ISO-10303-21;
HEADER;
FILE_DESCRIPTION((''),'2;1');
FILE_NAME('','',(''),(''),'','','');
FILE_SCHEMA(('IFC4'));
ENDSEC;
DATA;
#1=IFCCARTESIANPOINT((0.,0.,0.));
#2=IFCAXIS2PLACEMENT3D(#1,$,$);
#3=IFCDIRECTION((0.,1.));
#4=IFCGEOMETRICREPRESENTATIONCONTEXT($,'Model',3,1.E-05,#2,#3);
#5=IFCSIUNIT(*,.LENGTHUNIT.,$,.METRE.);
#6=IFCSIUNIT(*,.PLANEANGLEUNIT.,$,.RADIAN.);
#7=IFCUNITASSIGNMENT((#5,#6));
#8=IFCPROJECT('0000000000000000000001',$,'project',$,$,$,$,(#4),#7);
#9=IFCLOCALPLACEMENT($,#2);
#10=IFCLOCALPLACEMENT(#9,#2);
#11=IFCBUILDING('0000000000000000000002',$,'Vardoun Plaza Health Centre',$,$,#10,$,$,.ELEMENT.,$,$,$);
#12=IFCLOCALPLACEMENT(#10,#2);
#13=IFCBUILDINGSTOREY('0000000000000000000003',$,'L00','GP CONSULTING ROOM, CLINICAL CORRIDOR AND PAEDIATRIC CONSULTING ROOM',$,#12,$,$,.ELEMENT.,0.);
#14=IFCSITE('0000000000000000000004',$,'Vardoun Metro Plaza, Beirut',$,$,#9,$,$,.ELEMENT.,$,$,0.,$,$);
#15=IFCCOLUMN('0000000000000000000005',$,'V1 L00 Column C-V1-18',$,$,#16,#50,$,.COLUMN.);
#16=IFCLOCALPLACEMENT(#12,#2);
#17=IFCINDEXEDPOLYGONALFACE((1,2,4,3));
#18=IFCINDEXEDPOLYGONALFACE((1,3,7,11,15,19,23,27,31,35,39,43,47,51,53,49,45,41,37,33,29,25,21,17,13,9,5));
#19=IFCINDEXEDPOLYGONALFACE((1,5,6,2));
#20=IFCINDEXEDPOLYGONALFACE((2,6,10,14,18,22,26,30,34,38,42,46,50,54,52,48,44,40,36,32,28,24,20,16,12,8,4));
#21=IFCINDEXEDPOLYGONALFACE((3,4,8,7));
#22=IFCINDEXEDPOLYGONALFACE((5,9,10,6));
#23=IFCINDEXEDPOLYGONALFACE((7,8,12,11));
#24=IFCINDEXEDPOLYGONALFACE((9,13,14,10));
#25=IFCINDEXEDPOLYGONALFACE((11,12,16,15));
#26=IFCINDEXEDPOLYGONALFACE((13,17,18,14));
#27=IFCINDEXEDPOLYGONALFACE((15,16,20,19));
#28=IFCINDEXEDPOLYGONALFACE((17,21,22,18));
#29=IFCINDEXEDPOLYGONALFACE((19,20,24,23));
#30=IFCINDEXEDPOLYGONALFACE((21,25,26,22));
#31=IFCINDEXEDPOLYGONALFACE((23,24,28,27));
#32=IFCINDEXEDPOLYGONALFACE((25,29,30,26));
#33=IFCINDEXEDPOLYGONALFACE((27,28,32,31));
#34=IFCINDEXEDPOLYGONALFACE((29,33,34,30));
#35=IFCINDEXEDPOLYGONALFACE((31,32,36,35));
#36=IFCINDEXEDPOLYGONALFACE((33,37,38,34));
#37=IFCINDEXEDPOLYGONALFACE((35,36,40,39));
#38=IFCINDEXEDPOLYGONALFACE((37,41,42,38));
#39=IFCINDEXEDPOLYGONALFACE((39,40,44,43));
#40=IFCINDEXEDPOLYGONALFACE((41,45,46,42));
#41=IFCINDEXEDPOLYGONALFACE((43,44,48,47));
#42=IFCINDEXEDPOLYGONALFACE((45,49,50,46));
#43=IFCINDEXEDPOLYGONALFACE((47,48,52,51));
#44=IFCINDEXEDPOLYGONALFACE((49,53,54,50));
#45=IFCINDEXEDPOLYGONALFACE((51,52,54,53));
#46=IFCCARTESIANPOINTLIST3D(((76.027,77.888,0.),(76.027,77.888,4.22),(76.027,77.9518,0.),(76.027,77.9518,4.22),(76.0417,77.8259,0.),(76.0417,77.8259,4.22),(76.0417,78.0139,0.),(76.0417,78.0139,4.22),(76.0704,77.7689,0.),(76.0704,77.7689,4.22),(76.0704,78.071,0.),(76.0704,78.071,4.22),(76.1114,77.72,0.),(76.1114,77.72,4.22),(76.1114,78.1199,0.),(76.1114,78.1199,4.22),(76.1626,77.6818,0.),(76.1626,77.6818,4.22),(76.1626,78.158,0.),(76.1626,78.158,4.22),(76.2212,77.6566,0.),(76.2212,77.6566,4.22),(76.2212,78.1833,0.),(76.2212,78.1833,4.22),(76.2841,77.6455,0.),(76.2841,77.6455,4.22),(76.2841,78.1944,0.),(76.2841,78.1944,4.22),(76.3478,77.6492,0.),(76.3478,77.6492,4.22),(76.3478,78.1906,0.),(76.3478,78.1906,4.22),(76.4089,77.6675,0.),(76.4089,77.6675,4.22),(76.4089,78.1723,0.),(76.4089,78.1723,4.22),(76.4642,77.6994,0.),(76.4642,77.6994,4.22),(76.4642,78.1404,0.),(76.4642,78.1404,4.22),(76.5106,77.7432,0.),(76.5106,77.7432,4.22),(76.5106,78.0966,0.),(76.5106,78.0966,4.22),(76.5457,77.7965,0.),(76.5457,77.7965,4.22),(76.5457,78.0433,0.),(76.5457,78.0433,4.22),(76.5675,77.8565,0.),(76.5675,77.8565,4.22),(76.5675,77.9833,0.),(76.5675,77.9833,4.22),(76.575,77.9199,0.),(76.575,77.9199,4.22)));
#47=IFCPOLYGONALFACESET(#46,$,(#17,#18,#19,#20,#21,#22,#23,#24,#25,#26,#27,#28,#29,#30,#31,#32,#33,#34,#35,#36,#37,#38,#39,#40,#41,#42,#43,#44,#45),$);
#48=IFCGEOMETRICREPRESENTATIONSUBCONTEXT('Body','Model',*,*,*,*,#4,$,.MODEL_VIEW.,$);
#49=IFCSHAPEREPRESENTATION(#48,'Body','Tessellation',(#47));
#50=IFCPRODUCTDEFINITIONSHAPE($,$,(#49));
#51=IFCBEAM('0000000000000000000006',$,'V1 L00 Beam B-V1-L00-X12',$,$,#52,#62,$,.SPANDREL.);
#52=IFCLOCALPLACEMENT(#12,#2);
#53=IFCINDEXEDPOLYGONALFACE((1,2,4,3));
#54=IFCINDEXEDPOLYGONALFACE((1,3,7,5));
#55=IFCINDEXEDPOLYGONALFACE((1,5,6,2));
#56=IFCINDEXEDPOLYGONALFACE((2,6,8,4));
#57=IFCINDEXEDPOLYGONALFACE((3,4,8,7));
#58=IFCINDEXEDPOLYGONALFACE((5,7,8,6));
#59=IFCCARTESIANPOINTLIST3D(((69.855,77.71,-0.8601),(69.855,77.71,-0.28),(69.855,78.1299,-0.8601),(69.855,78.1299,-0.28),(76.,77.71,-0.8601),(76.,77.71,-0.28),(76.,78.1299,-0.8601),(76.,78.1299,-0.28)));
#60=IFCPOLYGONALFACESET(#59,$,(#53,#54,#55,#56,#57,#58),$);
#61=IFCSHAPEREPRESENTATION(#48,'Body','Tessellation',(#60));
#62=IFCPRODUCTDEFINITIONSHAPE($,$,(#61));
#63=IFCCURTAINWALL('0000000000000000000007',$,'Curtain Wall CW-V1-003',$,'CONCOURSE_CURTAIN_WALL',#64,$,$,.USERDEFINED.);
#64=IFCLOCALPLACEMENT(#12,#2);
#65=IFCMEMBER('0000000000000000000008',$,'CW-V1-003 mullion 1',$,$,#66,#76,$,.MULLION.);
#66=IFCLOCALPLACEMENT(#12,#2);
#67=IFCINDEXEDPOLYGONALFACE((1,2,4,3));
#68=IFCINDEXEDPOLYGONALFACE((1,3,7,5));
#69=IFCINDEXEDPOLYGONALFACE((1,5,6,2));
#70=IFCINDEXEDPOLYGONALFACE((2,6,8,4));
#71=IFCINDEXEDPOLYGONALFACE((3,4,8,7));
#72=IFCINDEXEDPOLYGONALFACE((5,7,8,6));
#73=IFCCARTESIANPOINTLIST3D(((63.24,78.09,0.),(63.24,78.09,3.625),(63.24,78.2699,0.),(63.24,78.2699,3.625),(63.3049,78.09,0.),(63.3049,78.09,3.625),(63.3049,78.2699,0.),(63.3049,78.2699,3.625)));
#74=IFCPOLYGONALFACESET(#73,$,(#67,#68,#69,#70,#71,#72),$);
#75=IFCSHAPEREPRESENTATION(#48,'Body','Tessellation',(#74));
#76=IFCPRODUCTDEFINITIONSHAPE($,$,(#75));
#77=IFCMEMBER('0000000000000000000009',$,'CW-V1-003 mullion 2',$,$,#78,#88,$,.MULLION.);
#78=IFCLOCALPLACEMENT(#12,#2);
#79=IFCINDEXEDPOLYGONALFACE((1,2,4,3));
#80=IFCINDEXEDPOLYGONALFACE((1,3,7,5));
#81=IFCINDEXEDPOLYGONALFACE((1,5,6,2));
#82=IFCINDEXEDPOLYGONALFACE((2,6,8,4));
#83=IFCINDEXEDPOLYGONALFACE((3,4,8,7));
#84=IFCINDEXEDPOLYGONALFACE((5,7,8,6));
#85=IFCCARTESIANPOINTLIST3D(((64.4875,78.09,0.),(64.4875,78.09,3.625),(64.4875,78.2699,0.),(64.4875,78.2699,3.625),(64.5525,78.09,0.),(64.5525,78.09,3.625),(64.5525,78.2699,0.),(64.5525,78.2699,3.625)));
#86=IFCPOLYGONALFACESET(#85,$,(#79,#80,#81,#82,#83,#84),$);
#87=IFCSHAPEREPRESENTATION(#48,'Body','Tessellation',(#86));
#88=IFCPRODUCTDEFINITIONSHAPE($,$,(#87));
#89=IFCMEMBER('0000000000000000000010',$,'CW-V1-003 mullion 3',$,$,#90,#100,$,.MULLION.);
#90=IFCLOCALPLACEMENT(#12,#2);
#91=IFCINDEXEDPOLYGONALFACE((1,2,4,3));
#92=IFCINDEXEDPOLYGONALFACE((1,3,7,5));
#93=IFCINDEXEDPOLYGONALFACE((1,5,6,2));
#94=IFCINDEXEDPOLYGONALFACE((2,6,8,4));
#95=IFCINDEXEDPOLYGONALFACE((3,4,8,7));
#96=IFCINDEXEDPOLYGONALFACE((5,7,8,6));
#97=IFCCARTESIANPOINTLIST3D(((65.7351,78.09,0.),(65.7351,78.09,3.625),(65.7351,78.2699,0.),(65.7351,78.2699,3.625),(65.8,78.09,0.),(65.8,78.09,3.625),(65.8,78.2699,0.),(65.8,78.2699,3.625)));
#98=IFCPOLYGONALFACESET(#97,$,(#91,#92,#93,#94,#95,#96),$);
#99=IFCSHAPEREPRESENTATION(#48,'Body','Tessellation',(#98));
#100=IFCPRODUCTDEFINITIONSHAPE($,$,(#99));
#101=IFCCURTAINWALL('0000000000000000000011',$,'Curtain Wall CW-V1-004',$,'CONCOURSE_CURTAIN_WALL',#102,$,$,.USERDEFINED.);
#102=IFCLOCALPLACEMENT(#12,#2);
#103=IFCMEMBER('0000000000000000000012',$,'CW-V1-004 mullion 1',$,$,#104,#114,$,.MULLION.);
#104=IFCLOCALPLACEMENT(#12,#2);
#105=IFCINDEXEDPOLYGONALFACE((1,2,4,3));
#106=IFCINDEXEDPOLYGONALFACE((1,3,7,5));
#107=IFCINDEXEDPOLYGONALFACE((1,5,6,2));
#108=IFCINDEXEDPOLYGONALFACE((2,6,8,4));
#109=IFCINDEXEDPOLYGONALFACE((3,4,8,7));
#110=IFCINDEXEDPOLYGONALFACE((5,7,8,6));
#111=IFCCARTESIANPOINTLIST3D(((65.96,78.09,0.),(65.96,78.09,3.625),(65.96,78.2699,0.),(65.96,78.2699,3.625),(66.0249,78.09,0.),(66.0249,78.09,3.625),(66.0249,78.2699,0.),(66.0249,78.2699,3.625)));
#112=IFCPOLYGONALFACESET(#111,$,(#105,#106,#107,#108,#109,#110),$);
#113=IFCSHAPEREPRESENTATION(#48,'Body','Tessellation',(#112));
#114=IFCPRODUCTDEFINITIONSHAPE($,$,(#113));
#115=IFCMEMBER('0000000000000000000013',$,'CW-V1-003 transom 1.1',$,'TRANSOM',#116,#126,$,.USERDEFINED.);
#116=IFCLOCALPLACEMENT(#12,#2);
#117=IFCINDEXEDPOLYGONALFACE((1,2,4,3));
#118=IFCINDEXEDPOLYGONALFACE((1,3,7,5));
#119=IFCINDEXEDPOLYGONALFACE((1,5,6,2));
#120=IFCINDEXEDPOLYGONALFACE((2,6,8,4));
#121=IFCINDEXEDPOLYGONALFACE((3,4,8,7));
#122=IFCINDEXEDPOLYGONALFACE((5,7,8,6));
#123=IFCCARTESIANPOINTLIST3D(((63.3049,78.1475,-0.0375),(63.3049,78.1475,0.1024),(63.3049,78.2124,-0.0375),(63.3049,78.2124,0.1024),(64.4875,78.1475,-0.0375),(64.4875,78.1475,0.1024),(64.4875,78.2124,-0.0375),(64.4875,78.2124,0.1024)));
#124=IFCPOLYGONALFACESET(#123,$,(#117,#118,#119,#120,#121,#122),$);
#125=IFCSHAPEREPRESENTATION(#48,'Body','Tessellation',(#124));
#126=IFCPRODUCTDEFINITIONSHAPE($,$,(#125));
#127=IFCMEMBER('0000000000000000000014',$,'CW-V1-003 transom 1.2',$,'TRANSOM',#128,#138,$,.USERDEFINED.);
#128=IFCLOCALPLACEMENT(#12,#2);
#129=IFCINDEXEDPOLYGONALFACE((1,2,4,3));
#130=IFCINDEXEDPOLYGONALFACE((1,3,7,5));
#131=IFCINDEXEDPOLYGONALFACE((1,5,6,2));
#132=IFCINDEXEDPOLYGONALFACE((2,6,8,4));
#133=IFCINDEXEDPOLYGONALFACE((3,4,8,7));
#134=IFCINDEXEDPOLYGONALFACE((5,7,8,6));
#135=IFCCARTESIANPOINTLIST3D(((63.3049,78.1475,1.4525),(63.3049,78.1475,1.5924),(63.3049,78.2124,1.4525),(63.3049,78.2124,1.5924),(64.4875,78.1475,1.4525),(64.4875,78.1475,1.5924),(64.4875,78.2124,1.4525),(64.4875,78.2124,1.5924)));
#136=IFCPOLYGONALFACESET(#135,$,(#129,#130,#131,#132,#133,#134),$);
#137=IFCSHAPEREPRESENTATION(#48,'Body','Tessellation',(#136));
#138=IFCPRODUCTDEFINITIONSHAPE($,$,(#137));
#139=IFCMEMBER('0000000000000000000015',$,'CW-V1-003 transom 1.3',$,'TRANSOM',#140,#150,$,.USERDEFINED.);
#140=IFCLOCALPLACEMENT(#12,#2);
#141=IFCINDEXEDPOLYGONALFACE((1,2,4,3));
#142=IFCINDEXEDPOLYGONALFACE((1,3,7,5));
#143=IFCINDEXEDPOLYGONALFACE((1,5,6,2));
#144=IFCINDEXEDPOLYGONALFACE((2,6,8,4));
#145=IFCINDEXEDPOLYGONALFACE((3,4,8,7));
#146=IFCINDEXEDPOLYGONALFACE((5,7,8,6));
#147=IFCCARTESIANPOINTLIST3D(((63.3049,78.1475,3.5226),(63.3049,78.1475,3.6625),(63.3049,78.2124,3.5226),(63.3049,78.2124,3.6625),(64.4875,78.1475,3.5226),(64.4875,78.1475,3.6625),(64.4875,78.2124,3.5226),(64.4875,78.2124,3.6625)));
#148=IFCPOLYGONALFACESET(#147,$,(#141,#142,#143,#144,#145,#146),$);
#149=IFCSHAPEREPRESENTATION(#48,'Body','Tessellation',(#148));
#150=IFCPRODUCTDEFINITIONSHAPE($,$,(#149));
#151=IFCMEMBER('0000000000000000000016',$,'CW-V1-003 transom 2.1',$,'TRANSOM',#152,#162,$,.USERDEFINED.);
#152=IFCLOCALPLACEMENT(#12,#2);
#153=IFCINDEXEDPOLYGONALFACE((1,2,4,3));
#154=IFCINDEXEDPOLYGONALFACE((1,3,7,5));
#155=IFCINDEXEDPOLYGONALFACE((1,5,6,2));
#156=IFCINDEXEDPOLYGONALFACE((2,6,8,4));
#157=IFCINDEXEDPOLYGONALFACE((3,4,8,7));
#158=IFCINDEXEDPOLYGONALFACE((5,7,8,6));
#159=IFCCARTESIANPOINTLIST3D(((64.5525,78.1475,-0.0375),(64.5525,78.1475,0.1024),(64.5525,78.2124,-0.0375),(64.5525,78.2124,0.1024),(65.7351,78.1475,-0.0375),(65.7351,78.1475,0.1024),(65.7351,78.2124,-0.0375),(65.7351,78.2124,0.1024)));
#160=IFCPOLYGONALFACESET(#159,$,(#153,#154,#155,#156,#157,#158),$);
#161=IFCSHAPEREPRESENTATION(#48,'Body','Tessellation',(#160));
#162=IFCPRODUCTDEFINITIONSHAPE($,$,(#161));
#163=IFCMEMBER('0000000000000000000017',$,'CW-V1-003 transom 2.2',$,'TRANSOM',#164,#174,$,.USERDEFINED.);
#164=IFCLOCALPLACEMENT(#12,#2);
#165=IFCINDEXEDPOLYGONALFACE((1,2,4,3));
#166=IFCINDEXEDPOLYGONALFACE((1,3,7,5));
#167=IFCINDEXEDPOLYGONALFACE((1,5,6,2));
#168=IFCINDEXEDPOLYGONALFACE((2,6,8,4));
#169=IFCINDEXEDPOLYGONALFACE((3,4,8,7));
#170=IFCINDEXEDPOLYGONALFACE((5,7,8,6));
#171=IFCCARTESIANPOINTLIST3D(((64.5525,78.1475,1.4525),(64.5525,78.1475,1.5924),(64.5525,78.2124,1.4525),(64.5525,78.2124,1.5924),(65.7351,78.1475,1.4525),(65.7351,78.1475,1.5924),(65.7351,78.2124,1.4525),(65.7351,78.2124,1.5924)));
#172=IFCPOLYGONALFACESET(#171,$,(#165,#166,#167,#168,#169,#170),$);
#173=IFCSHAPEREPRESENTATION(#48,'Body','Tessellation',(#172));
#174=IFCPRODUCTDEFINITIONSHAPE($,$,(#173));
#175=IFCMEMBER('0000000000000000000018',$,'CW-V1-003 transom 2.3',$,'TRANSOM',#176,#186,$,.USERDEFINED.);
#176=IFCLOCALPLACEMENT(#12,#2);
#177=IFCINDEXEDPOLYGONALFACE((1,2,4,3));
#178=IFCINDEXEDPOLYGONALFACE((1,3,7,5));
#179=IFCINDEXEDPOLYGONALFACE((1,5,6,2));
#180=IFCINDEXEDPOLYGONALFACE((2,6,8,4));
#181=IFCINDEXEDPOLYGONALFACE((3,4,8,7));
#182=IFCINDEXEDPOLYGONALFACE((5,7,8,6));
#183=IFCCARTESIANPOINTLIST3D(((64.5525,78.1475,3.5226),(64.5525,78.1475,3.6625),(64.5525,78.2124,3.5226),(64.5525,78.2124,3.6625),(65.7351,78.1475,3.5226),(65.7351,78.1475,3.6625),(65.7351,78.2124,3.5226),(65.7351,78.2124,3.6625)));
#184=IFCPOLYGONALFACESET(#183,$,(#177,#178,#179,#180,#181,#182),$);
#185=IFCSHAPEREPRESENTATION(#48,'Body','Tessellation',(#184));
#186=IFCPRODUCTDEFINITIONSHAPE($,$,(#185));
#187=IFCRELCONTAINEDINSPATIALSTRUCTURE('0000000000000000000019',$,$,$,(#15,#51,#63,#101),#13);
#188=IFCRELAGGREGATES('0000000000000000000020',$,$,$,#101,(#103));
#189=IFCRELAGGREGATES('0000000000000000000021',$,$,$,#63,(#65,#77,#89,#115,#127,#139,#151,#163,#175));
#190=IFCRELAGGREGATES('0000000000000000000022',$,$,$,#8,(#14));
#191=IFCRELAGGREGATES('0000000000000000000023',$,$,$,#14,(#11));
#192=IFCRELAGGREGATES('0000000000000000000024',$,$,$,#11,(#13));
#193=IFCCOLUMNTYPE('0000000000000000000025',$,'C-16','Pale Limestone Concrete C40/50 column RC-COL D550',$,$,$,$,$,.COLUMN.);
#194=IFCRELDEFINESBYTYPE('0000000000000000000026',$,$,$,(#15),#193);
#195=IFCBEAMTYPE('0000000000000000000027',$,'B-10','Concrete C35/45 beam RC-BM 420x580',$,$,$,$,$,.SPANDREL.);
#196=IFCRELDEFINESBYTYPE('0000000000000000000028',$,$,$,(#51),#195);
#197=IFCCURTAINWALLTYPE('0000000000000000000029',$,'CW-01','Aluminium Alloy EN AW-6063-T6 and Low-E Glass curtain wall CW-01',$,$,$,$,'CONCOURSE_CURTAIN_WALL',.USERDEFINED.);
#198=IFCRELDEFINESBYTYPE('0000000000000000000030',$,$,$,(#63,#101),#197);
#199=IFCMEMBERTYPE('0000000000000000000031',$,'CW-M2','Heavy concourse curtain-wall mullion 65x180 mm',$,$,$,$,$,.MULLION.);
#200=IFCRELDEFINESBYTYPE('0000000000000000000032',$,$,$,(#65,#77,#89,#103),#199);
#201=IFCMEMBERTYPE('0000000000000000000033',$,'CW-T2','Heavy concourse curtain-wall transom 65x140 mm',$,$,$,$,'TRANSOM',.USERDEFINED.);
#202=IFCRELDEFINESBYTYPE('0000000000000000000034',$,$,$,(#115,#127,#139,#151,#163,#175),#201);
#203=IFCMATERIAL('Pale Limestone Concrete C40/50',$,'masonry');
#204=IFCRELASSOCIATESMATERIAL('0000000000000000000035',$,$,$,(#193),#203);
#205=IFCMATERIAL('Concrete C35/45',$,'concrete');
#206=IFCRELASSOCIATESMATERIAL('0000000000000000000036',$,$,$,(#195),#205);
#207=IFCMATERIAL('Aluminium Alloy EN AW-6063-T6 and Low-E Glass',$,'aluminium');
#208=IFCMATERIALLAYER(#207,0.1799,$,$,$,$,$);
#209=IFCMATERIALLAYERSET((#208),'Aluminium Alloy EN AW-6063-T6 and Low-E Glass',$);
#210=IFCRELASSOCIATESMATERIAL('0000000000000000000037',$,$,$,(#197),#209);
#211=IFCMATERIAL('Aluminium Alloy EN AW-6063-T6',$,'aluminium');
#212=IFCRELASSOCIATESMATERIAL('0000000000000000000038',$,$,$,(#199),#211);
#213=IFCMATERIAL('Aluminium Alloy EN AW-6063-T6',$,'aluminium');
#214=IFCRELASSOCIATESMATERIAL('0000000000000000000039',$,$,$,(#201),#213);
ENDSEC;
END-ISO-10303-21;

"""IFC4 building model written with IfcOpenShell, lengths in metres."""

from ifc_helpers import new_model, si_unit, direction, frame, origin, origin_2d, place, context, subcontext, project, spatial, rectangle, circle, extrude, material, layer, layer_set, material_profile, profile_set, type_object, element, aggregate, save


model = new_model("IFC4")

# Units and contexts
model_context = context("Model", 3, precision=1e-05, world=origin(), true_north=direction((0.0, 1.0)))
body_context = subcontext(model_context, "Body", "Model", "MODEL_VIEW")
ifc_project = project(units=[si_unit("LENGTHUNIT", "METRE"), si_unit("PLANEANGLEUNIT", "RADIAN")], contexts=[model_context])

# Site, building, storey
site_placement = place(None, origin())
site = spatial("IfcSite", under=ifc_project, at=site_placement, Name="Vardoun Metro Plaza, Beirut", CompositionType="ELEMENT", RefElevation=0.0)
building_placement = place(site_placement, origin())
building = spatial("IfcBuilding", under=site, at=building_placement, Name="Vardoun Plaza Health Centre", CompositionType="ELEMENT")
storey_placement = place(building_placement, origin())
storey = spatial("IfcBuildingStorey", under=building, at=storey_placement, Name="L00", Description="GP CONSULTING ROOM, CLINICAL CORRIDOR AND PAEDIATRIC CONSULTING ROOM", CompositionType="ELEMENT", Elevation=0.0)

# Column
ifc_material_1 = material(Name="Pale Limestone Concrete C40/50", Category="masonry")
ifc_material_profile_1 = material_profile(ifc_material_1, circle(Radius=0.2749, at=origin_2d()), Name="RC-COL D550")
ifc_profile_set_1 = profile_set([ifc_material_profile_1], Name="Pale Limestone Concrete C40/50")
column_type = type_object("IfcColumnType", Name="C-16", Description="Pale Limestone Concrete C40/50 column RC-COL D550", PredefinedType="COLUMN", material=ifc_profile_set_1)
column_placement = place(storey_placement, frame((76.3, 77.9199, 0.0), z_axis=(0.0, 0.0, 1.0), x_axis=(1.0, 0.0, 0.0)))
element("IfcColumn", 1, at=column_placement, inside=storey, type_object=column_type, Name="V1 L00 Column C-V1-18", PredefinedType="COLUMN", context=body_context, shape_type="SweptSolid", body=[
    extrude(circle(Radius=0.2749, at=origin_2d()), origin(), (0.0, 0.0, 1.0), 4.22),
])

# Beam
ifc_material_2 = material(Name="Concrete C35/45", Category="concrete")
ifc_material_profile_2 = material_profile(ifc_material_2, rectangle(XDim=0.4199, YDim=0.5801, at=origin_2d()), Name="RC-BM 420x580")
ifc_profile_set_2 = profile_set([ifc_material_profile_2], Name="Concrete C35/45")
beam_type = type_object("IfcBeamType", Name="B-10", Description="Concrete C35/45 beam RC-BM 420x580", PredefinedType="SPANDREL", material=ifc_profile_set_2)
beam_placement = place(storey_placement, frame((69.855, 77.9199, -0.5701), z_axis=(1.0, 0.0, 0.0), x_axis=(0.0, 1.0, 0.0)))
element("IfcBeam", 2, at=beam_placement, inside=storey, type_object=beam_type, Name="V1 L00 Beam B-V1-L00-X12", PredefinedType="SPANDREL", context=body_context, shape_type="SweptSolid", body=[
    extrude(rectangle(XDim=0.4199, YDim=0.5801, at=origin_2d()), origin(), (0.0, 0.0, 1.0), 6.145),
])

# Curtain wall, members
ifc_material_3 = material(Name="Aluminium Alloy EN AW-6063-T6 and Low-E Glass", Category="aluminium")
ifc_layer_1 = layer(ifc_material_3, 0.1799)
ifc_layer_set_1 = layer_set([ifc_layer_1], Name="Aluminium Alloy EN AW-6063-T6 and Low-E Glass")
curtain_wall_type = type_object("IfcCurtainWallType", Name="CW-01", Description="Aluminium Alloy EN AW-6063-T6 and Low-E Glass curtain wall CW-01", ElementType="CONCOURSE_CURTAIN_WALL", PredefinedType="USERDEFINED", material=ifc_layer_set_1)
curtain_wall_1_placement = place(storey_placement, origin())
curtain_wall_1 = element("IfcCurtainWall", 3, at=curtain_wall_1_placement, inside=storey, type_object=curtain_wall_type, Name="Curtain Wall CW-V1-003", ObjectType="CONCOURSE_CURTAIN_WALL", PredefinedType="USERDEFINED")
ifc_material_4 = material(Name="Aluminium Alloy EN AW-6063-T6", Category="aluminium")
ifc_material_profile_3 = material_profile(ifc_material_4, rectangle(XDim=0.1799, YDim=0.0649, at=origin_2d()), Name="CWM 65x180")
ifc_profile_set_3 = profile_set([ifc_material_profile_3], Name="Aluminium Alloy EN AW-6063-T6")
member_type_1 = type_object("IfcMemberType", Name="CW-M2", Description="Heavy concourse curtain-wall mullion 65x180 mm", PredefinedType="MULLION", material=ifc_profile_set_3)
member_1_placement = place(storey_placement, frame((63.2725, 78.1799, 0.0), z_axis=(0.0, 0.0, 1.0), x_axis=(0.0, 1.0, 0.0)))
member_1 = element("IfcMember", 4, at=member_1_placement, type_object=member_type_1, Name="CW-V1-003 mullion 1", PredefinedType="MULLION", context=body_context, shape_type="SweptSolid", body=[
    extrude(rectangle(XDim=0.1799, YDim=0.0649, at=origin_2d()), origin(), (0.0, 0.0, 1.0), 3.625),
])
member_2_placement = place(storey_placement, frame((64.52, 78.1799, 0.0), z_axis=(0.0, 0.0, 1.0), x_axis=(0.0, 1.0, 0.0)))
member_2 = element("IfcMember", 5, at=member_2_placement, type_object=member_type_1, Name="CW-V1-003 mullion 2", PredefinedType="MULLION", context=body_context, shape_type="SweptSolid", body=[
    extrude(rectangle(XDim=0.1799, YDim=0.0649, at=origin_2d()), origin(), (0.0, 0.0, 1.0), 3.625),
])
member_3_placement = place(storey_placement, frame((65.7676, 78.1799, 0.0), z_axis=(0.0, 0.0, 1.0), x_axis=(0.0, 1.0, 0.0)))
member_3 = element("IfcMember", 6, at=member_3_placement, type_object=member_type_1, Name="CW-V1-003 mullion 3", PredefinedType="MULLION", context=body_context, shape_type="SweptSolid", body=[
    extrude(rectangle(XDim=0.1799, YDim=0.0649, at=origin_2d()), origin(), (0.0, 0.0, 1.0), 3.625),
])

# Curtain wall, member
curtain_wall_2_placement = place(storey_placement, origin())
curtain_wall_2 = element("IfcCurtainWall", 7, at=curtain_wall_2_placement, inside=storey, type_object=curtain_wall_type, Name="Curtain Wall CW-V1-004", ObjectType="CONCOURSE_CURTAIN_WALL", PredefinedType="USERDEFINED")
member_4_placement = place(storey_placement, frame((65.9924, 78.1799, 0.0), z_axis=(0.0, 0.0, 1.0), x_axis=(0.0, 1.0, 0.0)))
member_4 = element("IfcMember", 8, at=member_4_placement, type_object=member_type_1, Name="CW-V1-004 mullion 1", PredefinedType="MULLION", context=body_context, shape_type="SweptSolid", body=[
    extrude(rectangle(XDim=0.1799, YDim=0.0649, at=origin_2d()), origin(), (0.0, 0.0, 1.0), 3.625),
])
aggregate(curtain_wall_2, [member_4])

# Members
ifc_material_5 = material(Name="Aluminium Alloy EN AW-6063-T6", Category="aluminium")
ifc_material_profile_4 = material_profile(ifc_material_5, rectangle(XDim=0.0649, YDim=0.1399, at=origin_2d()), Name="CWT 65x140")
ifc_profile_set_4 = profile_set([ifc_material_profile_4], Name="Aluminium Alloy EN AW-6063-T6")
member_type_2 = type_object("IfcMemberType", Name="CW-T2", Description="Heavy concourse curtain-wall transom 65x140 mm", ElementType="TRANSOM", PredefinedType="USERDEFINED", material=ifc_profile_set_4)
member_5_placement = place(storey_placement, frame((63.3049, 78.1799, 0.0325), z_axis=(1.0, 0.0, 0.0), x_axis=(0.0, 1.0, 0.0)))
member_5 = element("IfcMember", 9, at=member_5_placement, type_object=member_type_2, Name="CW-V1-003 transom 1.1", ObjectType="TRANSOM", PredefinedType="USERDEFINED", context=body_context, shape_type="SweptSolid", body=[
    extrude(rectangle(XDim=0.0649, YDim=0.1399, at=origin_2d()), origin(), (0.0, 0.0, 1.0), 1.1826),
])
member_6_placement = place(storey_placement, frame((63.3049, 78.1799, 1.5225), z_axis=(1.0, 0.0, 0.0), x_axis=(0.0, 1.0, 0.0)))
member_6 = element("IfcMember", 10, at=member_6_placement, type_object=member_type_2, Name="CW-V1-003 transom 1.2", ObjectType="TRANSOM", PredefinedType="USERDEFINED", context=body_context, shape_type="SweptSolid", body=[
    extrude(rectangle(XDim=0.0649, YDim=0.1399, at=origin_2d()), origin(), (0.0, 0.0, 1.0), 1.1826),
])
member_7_placement = place(storey_placement, frame((63.3049, 78.1799, 3.5925), z_axis=(1.0, 0.0, 0.0), x_axis=(0.0, 1.0, 0.0)))
member_7 = element("IfcMember", 11, at=member_7_placement, type_object=member_type_2, Name="CW-V1-003 transom 1.3", ObjectType="TRANSOM", PredefinedType="USERDEFINED", context=body_context, shape_type="SweptSolid", body=[
    extrude(rectangle(XDim=0.0649, YDim=0.1399, at=origin_2d()), origin(), (0.0, 0.0, 1.0), 1.1826),
])
member_8_placement = place(storey_placement, frame((64.5525, 78.1799, 0.0325), z_axis=(1.0, 0.0, 0.0), x_axis=(0.0, 1.0, 0.0)))
member_8 = element("IfcMember", 12, at=member_8_placement, type_object=member_type_2, Name="CW-V1-003 transom 2.1", ObjectType="TRANSOM", PredefinedType="USERDEFINED", context=body_context, shape_type="SweptSolid", body=[
    extrude(rectangle(XDim=0.0649, YDim=0.1399, at=origin_2d()), origin(), (0.0, 0.0, 1.0), 1.1826),
])
member_9_placement = place(storey_placement, frame((64.5525, 78.1799, 1.5225), z_axis=(1.0, 0.0, 0.0), x_axis=(0.0, 1.0, 0.0)))
member_9 = element("IfcMember", 13, at=member_9_placement, type_object=member_type_2, Name="CW-V1-003 transom 2.2", ObjectType="TRANSOM", PredefinedType="USERDEFINED", context=body_context, shape_type="SweptSolid", body=[
    extrude(rectangle(XDim=0.0649, YDim=0.1399, at=origin_2d()), origin(), (0.0, 0.0, 1.0), 1.1826),
])
member_10_placement = place(storey_placement, frame((64.5525, 78.1799, 3.5925), z_axis=(1.0, 0.0, 0.0), x_axis=(0.0, 1.0, 0.0)))
member_10 = element("IfcMember", 14, at=member_10_placement, type_object=member_type_2, Name="CW-V1-003 transom 2.3", ObjectType="TRANSOM", PredefinedType="USERDEFINED", context=body_context, shape_type="SweptSolid", body=[
    extrude(rectangle(XDim=0.0649, YDim=0.1399, at=origin_2d()), origin(), (0.0, 0.0, 1.0), 1.1826),
])

aggregate(curtain_wall_1, [member_1, member_2, member_3, member_5, member_6, member_7, member_8, member_9, member_10])

save(model, "model.ifc")
